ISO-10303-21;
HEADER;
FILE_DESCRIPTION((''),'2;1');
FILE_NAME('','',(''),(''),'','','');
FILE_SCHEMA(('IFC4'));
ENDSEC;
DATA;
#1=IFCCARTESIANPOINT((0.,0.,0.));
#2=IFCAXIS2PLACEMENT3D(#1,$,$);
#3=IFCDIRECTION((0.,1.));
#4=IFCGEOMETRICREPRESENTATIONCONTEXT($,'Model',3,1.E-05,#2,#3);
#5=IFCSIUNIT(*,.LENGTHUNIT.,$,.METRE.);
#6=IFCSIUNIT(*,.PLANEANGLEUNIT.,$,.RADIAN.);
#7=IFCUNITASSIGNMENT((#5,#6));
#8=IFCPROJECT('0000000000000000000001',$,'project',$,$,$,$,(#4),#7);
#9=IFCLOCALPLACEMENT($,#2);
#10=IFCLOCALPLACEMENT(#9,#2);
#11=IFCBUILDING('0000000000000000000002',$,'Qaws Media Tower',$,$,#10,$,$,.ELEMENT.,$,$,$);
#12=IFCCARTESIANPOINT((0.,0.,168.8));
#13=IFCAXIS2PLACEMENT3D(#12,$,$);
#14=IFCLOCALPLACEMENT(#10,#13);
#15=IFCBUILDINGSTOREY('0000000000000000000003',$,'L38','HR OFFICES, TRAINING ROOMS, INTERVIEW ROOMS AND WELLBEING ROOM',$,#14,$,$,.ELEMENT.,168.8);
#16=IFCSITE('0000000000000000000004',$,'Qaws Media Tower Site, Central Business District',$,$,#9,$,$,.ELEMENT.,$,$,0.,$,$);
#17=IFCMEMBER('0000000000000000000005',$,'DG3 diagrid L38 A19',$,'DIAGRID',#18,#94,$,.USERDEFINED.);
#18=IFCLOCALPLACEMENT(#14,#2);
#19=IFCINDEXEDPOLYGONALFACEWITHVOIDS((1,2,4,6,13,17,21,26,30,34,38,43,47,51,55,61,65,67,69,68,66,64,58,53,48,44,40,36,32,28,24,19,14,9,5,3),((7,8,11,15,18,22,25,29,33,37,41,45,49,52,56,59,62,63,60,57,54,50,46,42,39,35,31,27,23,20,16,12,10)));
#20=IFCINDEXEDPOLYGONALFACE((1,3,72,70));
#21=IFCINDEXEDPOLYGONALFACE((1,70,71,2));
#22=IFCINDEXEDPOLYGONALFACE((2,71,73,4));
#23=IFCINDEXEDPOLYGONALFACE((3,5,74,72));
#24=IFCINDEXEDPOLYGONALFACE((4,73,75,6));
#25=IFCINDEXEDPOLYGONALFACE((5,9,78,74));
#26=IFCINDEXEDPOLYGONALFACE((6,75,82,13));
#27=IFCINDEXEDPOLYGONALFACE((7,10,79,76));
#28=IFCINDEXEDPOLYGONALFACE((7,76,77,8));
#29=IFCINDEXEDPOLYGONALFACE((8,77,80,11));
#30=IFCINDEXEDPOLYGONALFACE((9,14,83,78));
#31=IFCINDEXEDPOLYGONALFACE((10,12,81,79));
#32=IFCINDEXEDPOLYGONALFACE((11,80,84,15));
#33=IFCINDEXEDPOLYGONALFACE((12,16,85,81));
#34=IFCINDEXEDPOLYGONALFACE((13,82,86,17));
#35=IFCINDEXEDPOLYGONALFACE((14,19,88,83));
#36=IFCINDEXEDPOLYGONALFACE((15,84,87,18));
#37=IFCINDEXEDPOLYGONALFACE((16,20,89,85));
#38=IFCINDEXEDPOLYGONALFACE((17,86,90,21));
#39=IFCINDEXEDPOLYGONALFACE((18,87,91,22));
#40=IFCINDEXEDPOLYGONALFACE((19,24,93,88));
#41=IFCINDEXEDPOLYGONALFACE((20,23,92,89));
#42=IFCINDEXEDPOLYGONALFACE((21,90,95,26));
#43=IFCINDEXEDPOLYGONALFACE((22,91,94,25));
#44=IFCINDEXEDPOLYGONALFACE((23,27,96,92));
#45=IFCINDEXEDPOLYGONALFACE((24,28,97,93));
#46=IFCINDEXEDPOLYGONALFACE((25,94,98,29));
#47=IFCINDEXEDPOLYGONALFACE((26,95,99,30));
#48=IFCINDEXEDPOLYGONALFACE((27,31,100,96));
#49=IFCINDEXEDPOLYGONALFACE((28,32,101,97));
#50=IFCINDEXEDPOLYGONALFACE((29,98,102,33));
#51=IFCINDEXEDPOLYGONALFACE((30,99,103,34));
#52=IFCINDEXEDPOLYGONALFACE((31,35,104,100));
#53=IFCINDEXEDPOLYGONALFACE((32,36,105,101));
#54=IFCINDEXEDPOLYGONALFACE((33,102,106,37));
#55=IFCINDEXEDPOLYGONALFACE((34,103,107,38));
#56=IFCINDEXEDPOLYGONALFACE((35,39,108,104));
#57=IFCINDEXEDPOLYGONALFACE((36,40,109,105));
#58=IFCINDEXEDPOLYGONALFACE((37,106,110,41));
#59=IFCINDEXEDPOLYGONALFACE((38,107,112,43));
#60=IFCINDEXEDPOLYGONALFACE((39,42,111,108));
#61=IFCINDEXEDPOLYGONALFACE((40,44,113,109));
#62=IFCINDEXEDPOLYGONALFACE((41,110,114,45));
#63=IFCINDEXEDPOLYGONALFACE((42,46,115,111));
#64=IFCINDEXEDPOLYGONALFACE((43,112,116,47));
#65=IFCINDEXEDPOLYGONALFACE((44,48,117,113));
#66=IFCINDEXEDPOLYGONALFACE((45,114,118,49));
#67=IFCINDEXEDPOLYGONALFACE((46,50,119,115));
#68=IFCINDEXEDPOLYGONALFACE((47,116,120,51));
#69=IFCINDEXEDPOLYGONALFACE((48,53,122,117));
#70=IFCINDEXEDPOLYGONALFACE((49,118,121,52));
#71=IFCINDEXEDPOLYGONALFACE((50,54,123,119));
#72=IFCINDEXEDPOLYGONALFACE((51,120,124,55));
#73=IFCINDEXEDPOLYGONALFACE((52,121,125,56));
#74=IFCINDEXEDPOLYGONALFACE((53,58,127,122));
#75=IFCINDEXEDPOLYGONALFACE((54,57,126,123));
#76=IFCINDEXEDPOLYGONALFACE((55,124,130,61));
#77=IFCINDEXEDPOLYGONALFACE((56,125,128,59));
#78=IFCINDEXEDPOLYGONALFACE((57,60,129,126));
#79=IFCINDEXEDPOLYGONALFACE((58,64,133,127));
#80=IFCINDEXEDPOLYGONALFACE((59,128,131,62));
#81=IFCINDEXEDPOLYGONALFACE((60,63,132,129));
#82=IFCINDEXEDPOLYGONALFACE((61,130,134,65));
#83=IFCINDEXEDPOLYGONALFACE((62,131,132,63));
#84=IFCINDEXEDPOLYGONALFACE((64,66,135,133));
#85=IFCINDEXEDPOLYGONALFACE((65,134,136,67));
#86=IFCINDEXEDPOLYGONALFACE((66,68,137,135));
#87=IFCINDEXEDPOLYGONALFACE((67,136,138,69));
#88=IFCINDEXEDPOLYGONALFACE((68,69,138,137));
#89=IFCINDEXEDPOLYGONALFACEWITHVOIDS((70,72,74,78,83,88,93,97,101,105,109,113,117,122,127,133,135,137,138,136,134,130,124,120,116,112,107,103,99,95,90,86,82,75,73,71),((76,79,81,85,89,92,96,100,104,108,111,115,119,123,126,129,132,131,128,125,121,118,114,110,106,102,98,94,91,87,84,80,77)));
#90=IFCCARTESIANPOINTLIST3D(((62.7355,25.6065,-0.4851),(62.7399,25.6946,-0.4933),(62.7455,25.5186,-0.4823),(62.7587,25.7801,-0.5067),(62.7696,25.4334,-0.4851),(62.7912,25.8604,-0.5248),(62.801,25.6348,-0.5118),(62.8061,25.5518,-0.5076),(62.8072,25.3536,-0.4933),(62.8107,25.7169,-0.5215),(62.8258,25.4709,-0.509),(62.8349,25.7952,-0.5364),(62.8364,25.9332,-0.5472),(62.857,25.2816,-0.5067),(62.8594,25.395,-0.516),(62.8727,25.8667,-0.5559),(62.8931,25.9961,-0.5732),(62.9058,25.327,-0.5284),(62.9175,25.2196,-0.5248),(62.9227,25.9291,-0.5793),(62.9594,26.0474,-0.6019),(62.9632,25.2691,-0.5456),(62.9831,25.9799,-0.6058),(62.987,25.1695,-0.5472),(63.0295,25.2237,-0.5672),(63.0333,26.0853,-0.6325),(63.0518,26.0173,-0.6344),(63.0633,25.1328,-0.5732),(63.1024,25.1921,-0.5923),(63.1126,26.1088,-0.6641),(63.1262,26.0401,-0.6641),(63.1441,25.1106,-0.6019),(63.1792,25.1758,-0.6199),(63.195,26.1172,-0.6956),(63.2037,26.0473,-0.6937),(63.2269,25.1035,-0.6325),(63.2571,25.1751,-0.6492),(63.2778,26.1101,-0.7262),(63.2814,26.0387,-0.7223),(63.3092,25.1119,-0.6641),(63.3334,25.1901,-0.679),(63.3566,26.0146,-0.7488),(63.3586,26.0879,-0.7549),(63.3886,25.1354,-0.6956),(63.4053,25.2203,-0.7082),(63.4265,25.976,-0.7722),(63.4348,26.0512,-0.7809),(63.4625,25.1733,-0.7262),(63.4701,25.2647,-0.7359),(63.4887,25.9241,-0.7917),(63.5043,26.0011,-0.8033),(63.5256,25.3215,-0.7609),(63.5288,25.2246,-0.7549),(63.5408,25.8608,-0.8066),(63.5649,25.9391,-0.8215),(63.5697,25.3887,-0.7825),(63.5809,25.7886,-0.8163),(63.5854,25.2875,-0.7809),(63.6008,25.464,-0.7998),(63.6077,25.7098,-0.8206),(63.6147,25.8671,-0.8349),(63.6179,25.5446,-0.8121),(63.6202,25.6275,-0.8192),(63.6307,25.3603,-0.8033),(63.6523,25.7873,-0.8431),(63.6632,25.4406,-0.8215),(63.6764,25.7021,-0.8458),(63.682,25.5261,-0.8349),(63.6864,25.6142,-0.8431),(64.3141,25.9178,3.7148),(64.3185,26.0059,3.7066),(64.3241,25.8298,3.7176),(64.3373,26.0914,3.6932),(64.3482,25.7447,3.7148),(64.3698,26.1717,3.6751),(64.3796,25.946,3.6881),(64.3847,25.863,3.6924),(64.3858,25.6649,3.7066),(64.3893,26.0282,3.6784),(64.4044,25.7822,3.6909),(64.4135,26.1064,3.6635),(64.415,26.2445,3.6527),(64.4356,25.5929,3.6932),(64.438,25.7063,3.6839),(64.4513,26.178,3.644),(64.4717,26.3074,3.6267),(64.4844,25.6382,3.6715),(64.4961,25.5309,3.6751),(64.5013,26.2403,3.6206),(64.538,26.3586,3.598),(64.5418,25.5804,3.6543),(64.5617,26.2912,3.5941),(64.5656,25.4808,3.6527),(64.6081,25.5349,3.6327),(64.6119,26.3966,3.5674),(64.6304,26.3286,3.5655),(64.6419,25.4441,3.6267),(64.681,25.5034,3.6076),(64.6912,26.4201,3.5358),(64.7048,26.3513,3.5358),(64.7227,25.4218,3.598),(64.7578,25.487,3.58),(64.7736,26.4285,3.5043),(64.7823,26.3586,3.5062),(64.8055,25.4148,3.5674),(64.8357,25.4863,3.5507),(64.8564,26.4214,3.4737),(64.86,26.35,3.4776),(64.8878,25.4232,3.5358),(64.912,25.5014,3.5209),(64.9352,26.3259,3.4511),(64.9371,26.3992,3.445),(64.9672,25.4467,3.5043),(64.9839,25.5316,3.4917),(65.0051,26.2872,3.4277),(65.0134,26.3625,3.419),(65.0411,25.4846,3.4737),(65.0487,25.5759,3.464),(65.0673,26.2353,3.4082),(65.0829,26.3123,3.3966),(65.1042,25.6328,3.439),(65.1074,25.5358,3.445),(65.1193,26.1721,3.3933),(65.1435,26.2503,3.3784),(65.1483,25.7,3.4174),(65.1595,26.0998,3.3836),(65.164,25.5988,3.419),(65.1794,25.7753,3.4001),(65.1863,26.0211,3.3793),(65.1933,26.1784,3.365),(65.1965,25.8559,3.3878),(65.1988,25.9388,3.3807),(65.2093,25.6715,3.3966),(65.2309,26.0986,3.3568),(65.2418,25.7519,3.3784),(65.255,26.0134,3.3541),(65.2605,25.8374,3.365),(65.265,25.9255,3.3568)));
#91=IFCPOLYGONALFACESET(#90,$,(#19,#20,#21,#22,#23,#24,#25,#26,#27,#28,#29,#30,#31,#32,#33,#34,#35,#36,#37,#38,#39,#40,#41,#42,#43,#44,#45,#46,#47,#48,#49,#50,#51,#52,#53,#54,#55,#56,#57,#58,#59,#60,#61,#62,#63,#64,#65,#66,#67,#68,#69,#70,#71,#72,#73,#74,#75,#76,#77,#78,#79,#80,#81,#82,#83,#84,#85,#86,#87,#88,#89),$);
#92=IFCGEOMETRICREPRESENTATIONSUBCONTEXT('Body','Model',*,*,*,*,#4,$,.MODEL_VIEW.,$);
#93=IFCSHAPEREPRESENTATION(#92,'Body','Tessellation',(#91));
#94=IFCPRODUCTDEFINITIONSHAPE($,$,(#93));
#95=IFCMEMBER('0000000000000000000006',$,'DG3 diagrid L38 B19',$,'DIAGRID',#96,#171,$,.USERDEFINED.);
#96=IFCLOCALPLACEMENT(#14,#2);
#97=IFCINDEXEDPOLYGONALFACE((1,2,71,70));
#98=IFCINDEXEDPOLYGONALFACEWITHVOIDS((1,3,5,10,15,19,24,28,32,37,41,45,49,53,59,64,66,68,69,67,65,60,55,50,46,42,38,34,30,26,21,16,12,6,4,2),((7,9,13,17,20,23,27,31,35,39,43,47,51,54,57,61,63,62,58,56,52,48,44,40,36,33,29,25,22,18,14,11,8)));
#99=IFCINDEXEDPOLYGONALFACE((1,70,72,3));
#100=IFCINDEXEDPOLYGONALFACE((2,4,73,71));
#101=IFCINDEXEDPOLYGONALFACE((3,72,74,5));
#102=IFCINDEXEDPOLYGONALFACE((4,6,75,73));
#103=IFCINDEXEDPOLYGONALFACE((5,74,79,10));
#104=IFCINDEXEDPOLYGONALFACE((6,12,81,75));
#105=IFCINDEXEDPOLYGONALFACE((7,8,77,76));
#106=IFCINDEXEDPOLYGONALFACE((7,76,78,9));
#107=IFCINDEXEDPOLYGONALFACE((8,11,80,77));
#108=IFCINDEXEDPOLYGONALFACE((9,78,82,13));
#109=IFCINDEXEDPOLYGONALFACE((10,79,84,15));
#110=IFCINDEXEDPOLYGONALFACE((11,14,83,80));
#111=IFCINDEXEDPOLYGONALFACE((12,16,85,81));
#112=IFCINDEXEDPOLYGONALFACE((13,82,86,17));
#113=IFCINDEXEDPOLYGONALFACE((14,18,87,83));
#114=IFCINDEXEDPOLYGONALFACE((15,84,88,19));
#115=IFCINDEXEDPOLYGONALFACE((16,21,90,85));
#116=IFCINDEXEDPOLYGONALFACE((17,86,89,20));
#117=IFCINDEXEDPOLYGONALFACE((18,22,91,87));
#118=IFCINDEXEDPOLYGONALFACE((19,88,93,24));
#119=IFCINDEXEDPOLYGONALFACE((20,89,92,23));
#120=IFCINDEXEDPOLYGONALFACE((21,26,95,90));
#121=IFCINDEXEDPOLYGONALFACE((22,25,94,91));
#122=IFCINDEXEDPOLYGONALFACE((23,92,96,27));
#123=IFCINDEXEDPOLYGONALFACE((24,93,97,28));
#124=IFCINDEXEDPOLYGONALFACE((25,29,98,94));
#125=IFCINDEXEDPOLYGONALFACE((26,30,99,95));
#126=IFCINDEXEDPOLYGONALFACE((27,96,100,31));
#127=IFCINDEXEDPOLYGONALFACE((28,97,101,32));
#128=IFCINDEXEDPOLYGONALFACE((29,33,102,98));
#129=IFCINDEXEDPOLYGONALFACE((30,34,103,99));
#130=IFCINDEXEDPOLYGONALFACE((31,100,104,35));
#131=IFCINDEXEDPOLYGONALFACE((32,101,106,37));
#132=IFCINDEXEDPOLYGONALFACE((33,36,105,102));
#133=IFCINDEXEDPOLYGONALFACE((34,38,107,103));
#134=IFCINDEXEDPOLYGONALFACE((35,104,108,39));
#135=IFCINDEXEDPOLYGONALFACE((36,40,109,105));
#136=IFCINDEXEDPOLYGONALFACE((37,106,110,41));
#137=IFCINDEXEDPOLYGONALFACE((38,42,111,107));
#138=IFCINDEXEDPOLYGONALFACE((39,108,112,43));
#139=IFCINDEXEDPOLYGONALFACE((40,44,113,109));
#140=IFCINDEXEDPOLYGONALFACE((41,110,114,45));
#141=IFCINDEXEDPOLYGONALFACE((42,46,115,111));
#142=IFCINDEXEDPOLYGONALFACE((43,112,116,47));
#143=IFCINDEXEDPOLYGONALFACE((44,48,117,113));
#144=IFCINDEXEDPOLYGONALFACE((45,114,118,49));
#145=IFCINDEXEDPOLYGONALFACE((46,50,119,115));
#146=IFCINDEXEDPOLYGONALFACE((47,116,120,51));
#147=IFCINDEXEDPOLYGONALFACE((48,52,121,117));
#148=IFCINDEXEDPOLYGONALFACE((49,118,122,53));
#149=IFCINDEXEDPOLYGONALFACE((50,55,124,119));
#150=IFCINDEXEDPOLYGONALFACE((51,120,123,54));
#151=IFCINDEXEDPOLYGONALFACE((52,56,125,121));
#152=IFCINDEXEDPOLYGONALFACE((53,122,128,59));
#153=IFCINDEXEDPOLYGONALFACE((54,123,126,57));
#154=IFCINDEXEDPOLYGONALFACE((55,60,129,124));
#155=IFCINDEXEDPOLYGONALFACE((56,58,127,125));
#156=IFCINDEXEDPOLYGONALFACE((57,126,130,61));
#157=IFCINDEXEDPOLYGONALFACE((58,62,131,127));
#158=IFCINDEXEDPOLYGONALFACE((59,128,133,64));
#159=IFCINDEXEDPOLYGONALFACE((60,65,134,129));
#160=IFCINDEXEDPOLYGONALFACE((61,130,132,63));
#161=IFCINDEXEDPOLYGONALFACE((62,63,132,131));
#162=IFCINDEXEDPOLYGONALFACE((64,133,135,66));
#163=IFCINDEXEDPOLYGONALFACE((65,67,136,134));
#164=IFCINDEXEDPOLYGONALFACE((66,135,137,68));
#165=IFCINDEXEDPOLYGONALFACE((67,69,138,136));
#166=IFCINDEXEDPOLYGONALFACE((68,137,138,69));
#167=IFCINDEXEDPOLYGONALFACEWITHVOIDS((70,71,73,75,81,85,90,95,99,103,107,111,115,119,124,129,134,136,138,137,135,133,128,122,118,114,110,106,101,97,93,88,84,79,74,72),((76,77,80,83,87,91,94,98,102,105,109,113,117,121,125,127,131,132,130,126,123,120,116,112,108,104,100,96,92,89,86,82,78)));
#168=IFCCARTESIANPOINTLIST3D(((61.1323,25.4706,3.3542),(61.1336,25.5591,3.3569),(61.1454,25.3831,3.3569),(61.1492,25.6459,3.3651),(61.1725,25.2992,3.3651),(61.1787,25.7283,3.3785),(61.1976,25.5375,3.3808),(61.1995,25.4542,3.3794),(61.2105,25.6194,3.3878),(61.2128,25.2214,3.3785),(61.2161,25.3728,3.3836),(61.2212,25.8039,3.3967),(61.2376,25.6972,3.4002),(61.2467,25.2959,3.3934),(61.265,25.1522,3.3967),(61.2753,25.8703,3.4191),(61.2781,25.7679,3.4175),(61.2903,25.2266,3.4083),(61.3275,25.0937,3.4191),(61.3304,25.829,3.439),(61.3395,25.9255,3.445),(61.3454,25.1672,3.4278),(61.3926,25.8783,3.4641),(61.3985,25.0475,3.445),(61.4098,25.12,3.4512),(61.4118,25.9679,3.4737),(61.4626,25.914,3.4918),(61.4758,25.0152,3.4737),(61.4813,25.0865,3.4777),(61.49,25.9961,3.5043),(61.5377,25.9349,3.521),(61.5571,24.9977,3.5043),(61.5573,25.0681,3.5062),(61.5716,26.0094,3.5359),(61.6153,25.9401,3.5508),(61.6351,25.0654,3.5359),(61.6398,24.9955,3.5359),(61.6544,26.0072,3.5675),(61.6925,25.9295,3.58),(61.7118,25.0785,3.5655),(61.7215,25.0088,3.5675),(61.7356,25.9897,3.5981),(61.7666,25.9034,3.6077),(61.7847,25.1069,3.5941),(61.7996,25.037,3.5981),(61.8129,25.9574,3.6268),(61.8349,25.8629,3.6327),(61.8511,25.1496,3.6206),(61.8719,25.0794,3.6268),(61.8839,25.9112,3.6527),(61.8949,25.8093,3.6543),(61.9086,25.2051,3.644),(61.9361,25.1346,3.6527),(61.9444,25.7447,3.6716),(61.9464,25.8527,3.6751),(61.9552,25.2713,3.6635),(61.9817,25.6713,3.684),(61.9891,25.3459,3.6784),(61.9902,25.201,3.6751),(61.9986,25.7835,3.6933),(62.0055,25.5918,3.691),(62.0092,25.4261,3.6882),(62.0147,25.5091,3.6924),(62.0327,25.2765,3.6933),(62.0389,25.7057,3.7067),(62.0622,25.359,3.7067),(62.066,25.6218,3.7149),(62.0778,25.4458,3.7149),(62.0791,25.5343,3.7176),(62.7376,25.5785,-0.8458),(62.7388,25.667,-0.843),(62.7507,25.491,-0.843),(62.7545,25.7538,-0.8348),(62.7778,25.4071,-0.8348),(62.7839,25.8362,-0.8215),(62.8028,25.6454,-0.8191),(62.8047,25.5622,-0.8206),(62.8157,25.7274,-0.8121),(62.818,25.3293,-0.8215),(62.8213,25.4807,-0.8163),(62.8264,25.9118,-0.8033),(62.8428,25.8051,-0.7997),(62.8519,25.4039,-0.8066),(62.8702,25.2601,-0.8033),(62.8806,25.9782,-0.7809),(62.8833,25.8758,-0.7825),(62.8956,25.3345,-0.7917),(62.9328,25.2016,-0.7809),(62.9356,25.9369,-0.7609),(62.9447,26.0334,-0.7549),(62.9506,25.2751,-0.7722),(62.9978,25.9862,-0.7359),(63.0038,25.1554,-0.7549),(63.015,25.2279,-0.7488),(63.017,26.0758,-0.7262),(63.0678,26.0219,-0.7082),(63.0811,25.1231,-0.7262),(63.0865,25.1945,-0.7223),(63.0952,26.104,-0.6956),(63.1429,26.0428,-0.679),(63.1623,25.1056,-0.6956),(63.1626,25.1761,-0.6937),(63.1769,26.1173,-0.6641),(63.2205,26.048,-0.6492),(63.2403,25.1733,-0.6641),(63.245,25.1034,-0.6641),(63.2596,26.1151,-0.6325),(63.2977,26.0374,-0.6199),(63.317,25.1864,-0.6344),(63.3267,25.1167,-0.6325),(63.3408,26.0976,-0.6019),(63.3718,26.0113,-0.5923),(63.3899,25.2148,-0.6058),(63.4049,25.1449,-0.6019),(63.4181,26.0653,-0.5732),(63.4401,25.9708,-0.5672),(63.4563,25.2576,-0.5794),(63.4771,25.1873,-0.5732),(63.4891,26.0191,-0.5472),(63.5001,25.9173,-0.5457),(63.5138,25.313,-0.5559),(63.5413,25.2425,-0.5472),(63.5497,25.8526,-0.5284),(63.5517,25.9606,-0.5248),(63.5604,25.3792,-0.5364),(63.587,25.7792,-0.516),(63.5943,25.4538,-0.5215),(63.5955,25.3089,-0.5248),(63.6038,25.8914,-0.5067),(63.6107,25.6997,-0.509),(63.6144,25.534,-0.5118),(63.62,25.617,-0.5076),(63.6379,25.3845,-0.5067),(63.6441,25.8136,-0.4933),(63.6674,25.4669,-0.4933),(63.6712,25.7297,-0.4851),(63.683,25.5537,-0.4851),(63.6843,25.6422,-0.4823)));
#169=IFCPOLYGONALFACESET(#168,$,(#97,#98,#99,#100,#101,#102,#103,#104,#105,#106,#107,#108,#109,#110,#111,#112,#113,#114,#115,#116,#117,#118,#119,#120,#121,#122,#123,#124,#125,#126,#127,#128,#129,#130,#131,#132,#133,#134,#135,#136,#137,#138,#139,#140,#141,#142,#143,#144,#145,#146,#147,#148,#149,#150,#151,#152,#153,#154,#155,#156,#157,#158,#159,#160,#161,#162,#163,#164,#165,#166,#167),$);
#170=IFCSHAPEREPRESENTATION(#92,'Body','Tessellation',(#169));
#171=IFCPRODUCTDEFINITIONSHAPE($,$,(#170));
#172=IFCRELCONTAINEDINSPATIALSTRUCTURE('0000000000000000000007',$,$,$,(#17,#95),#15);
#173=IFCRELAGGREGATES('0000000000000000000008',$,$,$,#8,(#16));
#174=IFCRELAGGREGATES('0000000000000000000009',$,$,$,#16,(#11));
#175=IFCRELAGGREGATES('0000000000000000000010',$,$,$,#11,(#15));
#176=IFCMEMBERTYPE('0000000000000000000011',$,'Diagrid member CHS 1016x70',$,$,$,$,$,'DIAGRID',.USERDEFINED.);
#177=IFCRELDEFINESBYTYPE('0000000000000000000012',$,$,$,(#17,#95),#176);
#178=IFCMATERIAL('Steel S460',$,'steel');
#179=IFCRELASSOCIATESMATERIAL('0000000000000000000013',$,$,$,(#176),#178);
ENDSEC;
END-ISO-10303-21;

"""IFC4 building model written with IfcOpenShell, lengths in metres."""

from ifc_helpers import new_model, si_unit, direction, frame, origin, origin_2d, place, context, subcontext, project, spatial, hollow_circle, extrude, material, material_profile, profile_set, type_object, element, save


model = new_model("IFC4")

# Units and contexts
model_context = context("Model", 3, precision=1e-05, world=origin(), true_north=direction((0.0, 1.0)))
body_context = subcontext(model_context, "Body", "Model", "MODEL_VIEW")
ifc_project = project(units=[si_unit("LENGTHUNIT", "METRE"), si_unit("PLANEANGLEUNIT", "RADIAN")], contexts=[model_context])

# Site, building, storey
site_placement = place(None, origin())
site = spatial("IfcSite", under=ifc_project, at=site_placement, Name="Qaws Media Tower Site, Central Business District", CompositionType="ELEMENT", RefElevation=0.0)
building_placement = place(site_placement, origin())
building = spatial("IfcBuilding", under=site, at=building_placement, Name="Qaws Media Tower", CompositionType="ELEMENT")
storey_placement = place(building_placement, frame((0.0, 0.0, 168.8)))
storey = spatial("IfcBuildingStorey", under=building, at=storey_placement, Name="L38", Description="HR OFFICES, TRAINING ROOMS, INTERVIEW ROOMS AND WELLBEING ROOM", CompositionType="ELEMENT", Elevation=168.8)

# Members
ifc_material_1 = material(Name="Steel S460", Category="steel")
ifc_material_profile_1 = material_profile(ifc_material_1, hollow_circle(Radius=0.5081, WallThickness=0.0701, at=origin_2d()), Name="CHS 1016x70")
ifc_profile_set_1 = profile_set([ifc_material_profile_1], Name="Steel S460")
member_type_1 = type_object("IfcMemberType", Name="Diagrid member CHS 1016x70", ElementType="DIAGRID", PredefinedType="USERDEFINED", material=ifc_profile_set_1)
for number, where, z_axis, x_axis, name in (
    (1, (63.2109, 25.6104, -0.6641), (0.350989, 0.06921, 0.933818), (-0.19346, 0.981108, 0.0), "DG3 diagrid L38 A19"),
    (2, (63.2109, 25.6104, -0.6641), (-0.356911, -0.023993, 0.93383), (0.067073, -0.997748, 0.0), "DG3 diagrid L38 B19"),
):
    element("IfcMember", number, at=place(storey_placement, frame(where, z_axis=z_axis, x_axis=x_axis)), inside=storey, type_object=member_type_1, Name=name, ObjectType="DIAGRID", PredefinedType="USERDEFINED", context=body_context, shape_type="SweptSolid", body=[
        extrude(hollow_circle(Radius=0.5081, WallThickness=0.0701, at=origin_2d()), origin(), (0.0, 0.0, 1.0), 4.4976),
    ])

save(model, "model.ifc")
